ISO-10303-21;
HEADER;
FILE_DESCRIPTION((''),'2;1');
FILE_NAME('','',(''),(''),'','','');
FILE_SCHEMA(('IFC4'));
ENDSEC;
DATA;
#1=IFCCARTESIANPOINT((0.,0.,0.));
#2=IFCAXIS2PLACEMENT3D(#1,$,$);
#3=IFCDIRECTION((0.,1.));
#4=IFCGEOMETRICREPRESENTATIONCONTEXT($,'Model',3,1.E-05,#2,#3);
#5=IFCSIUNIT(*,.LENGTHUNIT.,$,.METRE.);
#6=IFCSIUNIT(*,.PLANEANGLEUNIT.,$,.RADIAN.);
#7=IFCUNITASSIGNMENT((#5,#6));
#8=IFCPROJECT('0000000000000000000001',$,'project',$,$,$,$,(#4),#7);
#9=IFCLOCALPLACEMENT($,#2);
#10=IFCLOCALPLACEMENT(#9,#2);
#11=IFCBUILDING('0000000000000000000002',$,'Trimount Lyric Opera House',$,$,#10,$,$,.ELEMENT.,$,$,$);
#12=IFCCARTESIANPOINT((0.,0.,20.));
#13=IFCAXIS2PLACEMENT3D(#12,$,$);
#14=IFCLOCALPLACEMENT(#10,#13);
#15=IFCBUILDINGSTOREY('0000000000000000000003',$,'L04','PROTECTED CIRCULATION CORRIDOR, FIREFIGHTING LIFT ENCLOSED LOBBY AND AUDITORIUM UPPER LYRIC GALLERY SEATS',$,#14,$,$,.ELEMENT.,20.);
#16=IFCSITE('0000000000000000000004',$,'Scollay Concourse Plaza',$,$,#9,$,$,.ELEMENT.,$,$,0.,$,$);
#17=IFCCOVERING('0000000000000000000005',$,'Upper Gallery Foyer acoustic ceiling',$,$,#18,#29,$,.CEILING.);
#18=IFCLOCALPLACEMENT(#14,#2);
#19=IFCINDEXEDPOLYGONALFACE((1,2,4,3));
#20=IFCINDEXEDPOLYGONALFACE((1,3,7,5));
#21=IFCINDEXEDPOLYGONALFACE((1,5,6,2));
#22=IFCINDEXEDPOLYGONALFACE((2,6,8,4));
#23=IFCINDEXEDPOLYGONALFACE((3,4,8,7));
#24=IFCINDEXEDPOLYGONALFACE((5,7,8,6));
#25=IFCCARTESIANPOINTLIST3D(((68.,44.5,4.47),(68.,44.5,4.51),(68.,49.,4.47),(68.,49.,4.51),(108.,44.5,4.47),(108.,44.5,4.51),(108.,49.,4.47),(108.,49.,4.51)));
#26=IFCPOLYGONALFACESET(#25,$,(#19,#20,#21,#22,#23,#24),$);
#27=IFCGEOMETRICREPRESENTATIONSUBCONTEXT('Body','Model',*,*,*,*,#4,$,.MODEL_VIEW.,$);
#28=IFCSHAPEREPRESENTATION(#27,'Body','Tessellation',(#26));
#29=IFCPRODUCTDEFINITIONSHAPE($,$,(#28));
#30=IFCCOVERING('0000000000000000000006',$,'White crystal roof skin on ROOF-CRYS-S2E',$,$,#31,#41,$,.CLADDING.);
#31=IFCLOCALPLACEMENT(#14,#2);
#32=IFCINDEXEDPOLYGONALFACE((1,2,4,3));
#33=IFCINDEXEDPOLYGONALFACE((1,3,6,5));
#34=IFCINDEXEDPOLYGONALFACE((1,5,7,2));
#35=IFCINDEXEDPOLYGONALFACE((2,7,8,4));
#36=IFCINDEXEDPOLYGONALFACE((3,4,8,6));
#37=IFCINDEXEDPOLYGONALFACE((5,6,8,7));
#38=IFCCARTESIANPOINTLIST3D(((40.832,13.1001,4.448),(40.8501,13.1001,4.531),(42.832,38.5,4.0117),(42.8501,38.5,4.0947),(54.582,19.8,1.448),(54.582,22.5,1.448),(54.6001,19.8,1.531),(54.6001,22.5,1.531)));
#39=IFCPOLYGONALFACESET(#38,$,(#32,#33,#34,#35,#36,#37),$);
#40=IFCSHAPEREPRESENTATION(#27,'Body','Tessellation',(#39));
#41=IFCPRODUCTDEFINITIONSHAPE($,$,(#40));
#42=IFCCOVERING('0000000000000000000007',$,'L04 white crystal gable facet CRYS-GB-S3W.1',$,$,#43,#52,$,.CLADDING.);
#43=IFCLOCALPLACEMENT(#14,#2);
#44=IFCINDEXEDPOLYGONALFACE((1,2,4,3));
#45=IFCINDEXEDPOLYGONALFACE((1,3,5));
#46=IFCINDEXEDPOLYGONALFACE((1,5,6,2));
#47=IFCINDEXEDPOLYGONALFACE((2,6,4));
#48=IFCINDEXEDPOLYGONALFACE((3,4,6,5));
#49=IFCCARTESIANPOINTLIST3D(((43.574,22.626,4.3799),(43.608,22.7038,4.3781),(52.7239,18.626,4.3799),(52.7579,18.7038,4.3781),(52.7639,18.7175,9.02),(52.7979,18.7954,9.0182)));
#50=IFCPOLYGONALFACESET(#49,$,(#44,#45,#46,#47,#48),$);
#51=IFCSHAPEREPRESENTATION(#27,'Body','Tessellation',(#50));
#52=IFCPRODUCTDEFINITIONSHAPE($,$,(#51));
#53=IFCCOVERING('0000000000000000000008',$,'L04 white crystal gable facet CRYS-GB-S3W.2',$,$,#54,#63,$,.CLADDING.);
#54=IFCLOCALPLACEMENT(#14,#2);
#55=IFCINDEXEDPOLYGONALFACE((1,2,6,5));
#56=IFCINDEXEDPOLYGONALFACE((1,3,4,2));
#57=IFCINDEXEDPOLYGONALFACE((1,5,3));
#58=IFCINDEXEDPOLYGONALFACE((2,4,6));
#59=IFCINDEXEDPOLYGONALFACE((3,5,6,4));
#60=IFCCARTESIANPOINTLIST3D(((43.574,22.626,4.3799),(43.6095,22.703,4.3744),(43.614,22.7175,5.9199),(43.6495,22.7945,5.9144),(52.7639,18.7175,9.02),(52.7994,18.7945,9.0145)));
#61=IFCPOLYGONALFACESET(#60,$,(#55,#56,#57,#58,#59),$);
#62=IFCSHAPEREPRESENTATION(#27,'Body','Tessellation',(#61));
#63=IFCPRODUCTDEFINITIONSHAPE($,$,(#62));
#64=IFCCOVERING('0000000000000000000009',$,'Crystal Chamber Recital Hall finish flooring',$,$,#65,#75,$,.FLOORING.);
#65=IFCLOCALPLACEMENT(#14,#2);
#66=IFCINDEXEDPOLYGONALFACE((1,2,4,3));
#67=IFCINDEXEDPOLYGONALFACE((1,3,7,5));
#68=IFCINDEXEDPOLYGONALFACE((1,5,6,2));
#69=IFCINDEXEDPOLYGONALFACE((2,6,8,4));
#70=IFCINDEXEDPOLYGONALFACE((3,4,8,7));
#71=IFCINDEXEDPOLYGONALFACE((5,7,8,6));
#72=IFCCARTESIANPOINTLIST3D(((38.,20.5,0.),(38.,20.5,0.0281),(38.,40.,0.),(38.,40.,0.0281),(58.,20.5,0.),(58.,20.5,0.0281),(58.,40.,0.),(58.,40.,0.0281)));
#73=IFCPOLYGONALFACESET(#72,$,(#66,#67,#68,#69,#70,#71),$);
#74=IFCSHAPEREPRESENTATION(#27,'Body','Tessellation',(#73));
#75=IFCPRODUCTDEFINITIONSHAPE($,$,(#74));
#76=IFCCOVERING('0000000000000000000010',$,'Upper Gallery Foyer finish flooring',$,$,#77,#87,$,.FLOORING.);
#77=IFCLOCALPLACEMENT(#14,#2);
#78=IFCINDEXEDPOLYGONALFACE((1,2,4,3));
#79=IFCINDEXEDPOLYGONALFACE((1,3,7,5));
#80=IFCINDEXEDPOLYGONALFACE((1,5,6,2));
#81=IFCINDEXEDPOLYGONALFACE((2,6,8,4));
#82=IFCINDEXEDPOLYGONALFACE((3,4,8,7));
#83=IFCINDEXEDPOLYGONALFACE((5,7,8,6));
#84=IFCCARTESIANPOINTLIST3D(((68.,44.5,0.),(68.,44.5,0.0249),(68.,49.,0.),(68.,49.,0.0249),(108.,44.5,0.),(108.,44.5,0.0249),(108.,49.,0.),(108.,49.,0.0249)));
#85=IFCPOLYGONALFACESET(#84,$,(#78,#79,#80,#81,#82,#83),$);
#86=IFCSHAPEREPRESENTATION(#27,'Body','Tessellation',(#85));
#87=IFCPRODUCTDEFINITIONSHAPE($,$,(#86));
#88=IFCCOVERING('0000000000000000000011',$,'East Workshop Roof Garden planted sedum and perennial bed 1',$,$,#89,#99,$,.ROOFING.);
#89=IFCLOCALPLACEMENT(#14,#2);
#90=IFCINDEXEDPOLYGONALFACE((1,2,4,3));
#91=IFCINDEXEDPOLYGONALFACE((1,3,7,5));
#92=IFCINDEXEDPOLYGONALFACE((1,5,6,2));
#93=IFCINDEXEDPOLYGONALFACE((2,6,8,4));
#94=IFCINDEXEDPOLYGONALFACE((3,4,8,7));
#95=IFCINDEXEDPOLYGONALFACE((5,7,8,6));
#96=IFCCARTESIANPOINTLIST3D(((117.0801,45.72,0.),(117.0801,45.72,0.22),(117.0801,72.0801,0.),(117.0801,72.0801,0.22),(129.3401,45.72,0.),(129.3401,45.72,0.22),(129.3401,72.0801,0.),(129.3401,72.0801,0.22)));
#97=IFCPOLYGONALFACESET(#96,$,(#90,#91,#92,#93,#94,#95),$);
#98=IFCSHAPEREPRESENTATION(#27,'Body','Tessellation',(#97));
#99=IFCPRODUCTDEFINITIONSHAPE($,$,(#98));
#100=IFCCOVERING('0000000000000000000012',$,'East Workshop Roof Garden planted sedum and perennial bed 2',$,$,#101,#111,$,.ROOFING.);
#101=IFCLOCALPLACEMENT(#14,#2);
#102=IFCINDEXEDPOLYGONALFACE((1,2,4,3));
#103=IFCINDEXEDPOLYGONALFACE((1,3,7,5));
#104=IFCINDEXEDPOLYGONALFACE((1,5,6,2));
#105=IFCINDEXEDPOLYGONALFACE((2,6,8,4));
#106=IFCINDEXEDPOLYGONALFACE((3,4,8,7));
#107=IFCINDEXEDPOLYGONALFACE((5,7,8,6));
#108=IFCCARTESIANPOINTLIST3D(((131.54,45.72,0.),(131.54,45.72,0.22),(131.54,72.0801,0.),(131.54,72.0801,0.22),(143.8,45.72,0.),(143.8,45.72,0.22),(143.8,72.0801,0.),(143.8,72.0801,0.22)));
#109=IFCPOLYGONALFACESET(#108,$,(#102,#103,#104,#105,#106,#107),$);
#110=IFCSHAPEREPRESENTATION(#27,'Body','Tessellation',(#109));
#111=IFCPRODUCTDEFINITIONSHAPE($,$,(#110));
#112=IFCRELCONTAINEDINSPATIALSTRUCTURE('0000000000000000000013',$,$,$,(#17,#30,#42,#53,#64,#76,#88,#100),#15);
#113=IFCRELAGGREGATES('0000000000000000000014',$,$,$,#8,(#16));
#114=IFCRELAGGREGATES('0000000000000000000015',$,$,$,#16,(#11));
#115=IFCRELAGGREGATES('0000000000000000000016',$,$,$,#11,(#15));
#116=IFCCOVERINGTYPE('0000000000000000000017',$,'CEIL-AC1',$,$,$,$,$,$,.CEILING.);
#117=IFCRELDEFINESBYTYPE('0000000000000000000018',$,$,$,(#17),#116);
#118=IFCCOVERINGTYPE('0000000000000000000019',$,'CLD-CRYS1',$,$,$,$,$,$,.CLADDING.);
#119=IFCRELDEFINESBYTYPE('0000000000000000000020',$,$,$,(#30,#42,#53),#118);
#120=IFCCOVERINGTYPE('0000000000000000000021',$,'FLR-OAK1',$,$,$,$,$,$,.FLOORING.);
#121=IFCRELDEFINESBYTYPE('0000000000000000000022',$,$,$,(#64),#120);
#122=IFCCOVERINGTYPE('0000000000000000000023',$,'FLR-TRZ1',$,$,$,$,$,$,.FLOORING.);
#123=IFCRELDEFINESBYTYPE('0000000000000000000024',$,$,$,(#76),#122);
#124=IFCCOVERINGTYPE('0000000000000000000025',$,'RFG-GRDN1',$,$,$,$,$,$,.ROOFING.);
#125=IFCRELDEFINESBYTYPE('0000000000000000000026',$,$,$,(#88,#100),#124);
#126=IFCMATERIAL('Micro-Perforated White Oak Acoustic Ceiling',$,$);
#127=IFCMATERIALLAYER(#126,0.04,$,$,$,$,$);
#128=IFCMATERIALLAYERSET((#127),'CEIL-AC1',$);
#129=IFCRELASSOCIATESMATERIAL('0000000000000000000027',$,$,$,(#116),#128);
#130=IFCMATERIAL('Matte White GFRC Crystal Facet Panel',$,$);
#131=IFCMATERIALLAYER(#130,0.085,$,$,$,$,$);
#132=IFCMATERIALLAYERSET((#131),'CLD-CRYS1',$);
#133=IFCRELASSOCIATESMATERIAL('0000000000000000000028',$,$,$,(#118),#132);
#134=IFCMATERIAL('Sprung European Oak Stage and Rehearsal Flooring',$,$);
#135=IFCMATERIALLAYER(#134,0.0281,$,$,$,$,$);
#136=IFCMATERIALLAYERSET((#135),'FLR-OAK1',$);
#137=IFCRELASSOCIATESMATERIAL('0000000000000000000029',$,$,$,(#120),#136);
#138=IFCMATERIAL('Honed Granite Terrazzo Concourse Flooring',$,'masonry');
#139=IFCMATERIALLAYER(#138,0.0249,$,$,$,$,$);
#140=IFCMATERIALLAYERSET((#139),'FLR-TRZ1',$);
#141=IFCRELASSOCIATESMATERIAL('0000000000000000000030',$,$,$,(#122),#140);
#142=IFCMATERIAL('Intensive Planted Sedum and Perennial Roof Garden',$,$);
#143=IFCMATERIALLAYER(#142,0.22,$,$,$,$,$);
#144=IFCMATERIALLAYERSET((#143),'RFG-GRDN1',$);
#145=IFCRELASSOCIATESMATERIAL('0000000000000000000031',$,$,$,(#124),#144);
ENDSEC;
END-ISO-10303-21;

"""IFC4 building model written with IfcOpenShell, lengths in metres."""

from ifc_helpers import new_model, si_unit, direction, frame, origin, place, context, subcontext, project, spatial, polyline, outline, extrude, material, layer, layer_set, type_object, element, save


model = new_model("IFC4")

# Units and contexts
model_context = context("Model", 3, precision=1e-05, world=origin(), true_north=direction((0.0, 1.0)))
body_context = subcontext(model_context, "Body", "Model", "MODEL_VIEW")
ifc_project = project(units=[si_unit("LENGTHUNIT", "METRE"), si_unit("PLANEANGLEUNIT", "RADIAN")], contexts=[model_context])

# Site, building, storey
site_placement = place(None, origin())
site = spatial("IfcSite", under=ifc_project, at=site_placement, Name="Scollay Concourse Plaza", CompositionType="ELEMENT", RefElevation=0.0)
building_placement = place(site_placement, origin())
building = spatial("IfcBuilding", under=site, at=building_placement, Name="Trimount Lyric Opera House", CompositionType="ELEMENT")
storey_placement = place(building_placement, frame((0.0, 0.0, 20.0)))
storey = spatial("IfcBuildingStorey", under=building, at=storey_placement, Name="L04", Description="PROTECTED CIRCULATION CORRIDOR, FIREFIGHTING LIFT ENCLOSED LOBBY AND AUDITORIUM UPPER LYRIC GALLERY SEATS", CompositionType="ELEMENT", Elevation=20.0)

# Coverings
ifc_material_1 = material(Name="Micro-Perforated White Oak Acoustic Ceiling")
ifc_layer_1 = layer(ifc_material_1, 0.04)
ifc_layer_set_1 = layer_set([ifc_layer_1], Name="CEIL-AC1")
covering_type_1 = type_object("IfcCoveringType", Name="CEIL-AC1", PredefinedType="CEILING", material=ifc_layer_set_1)
covering_1_placement = place(storey_placement, frame((0.0, 0.0, 4.47)))
element("IfcCovering", 1, at=covering_1_placement, inside=storey, type_object=covering_type_1, Name="Upper Gallery Foyer acoustic ceiling", PredefinedType="CEILING", context=body_context, shape_type="SweptSolid", body=[
    extrude(outline(polyline([(68.0, 44.5), (108.0, 44.5), (108.0, 49.0), (68.0, 49.0), (68.0, 44.5)])), origin(), (0.0, 0.0, 1.0), 0.04),
])
ifc_material_2 = material(Name="Matte White GFRC Crystal Facet Panel")
ifc_layer_2 = layer(ifc_material_2, 0.085)
ifc_layer_set_2 = layer_set([ifc_layer_2], Name="CLD-CRYS1")
covering_type_2 = type_object("IfcCoveringType", Name="CLD-CRYS1", PredefinedType="CLADDING", material=ifc_layer_set_2)
covering_2_placement = place(storey_placement, frame((40.8501, 13.1001, 4.531), z_axis=(0.213169, -0.000003, 0.977015), x_axis=(0.88215, 0.429845, -0.19247)))
element("IfcCovering", 2, at=covering_2_placement, inside=storey, type_object=covering_type_2, Name="White crystal roof skin on ROOF-CRYS-S2E", PredefinedType="CLADDING", context=body_context, shape_type="SweptSolid", body=[
    extrude(outline(polyline([(0.0, 0.0), (15.5869, 0.0), (16.7475, 2.4378), (12.7663, 22.0537), (0.0, 0.0)])), origin(), (0.0, 0.0, -1.0), 0.085),
])
covering_3_placement = place(storey_placement, frame((43.574, 22.626, 4.3799), z_axis=(-0.400467, -0.916058, 0.02153), x_axis=(0.916271, -0.40056, 0.0)))
element("IfcCovering", 3, at=covering_3_placement, inside=storey, type_object=covering_type_2, Name="L04 white crystal gable facet CRYS-GB-S3W.1", PredefinedType="CLADDING", context=body_context, shape_type="SweptSolid", body=[
    extrude(outline(polyline([(0.0, 0.0), (9.986, 0.0), (9.986, 4.6412), (0.0, 0.0)])), origin(), (0.0, 0.0, -1.0), 0.085),
])
covering_4_placement = place(storey_placement, frame((43.574, 22.626, 4.3799), z_axis=(-0.418053, -0.906113, 0.064736), x_axis=(0.834547, -0.35493, 0.421375)))
element("IfcCovering", 4, at=covering_4_placement, inside=storey, type_object=covering_type_2, Name="L04 white crystal gable facet CRYS-GB-S3W.2", PredefinedType="CLADDING", context=body_context, shape_type="SweptSolid", body=[
    extrude(outline(polyline([(0.0, 0.0), (11.0119, 0.0), (0.6499, 1.3998), (0.0, 0.0)])), origin(), (0.0, 0.0, -1.0), 0.085),
])
ifc_material_3 = material(Name="Sprung European Oak Stage and Rehearsal Flooring")
ifc_layer_3 = layer(ifc_material_3, 0.0281)
ifc_layer_set_3 = layer_set([ifc_layer_3], Name="FLR-OAK1")
covering_type_3 = type_object("IfcCoveringType", Name="FLR-OAK1", PredefinedType="FLOORING", material=ifc_layer_set_3)
covering_5_placement = place(storey_placement, origin())
element("IfcCovering", 5, at=covering_5_placement, inside=storey, type_object=covering_type_3, Name="Crystal Chamber Recital Hall finish flooring", PredefinedType="FLOORING", context=body_context, shape_type="SweptSolid", body=[
    extrude(outline(polyline([(38.0, 20.5), (58.0, 20.5), (58.0, 40.0), (38.0, 40.0), (38.0, 20.5)])), origin(), (0.0, 0.0, 1.0), 0.0281),
])
ifc_material_4 = material(Name="Honed Granite Terrazzo Concourse Flooring", Category="masonry")
ifc_layer_4 = layer(ifc_material_4, 0.0249)
ifc_layer_set_4 = layer_set([ifc_layer_4], Name="FLR-TRZ1")
covering_type_4 = type_object("IfcCoveringType", Name="FLR-TRZ1", PredefinedType="FLOORING", material=ifc_layer_set_4)
covering_6_placement = place(storey_placement, origin())
element("IfcCovering", 6, at=covering_6_placement, inside=storey, type_object=covering_type_4, Name="Upper Gallery Foyer finish flooring", PredefinedType="FLOORING", context=body_context, shape_type="SweptSolid", body=[
    extrude(outline(polyline([(68.0, 44.5), (108.0, 44.5), (108.0, 49.0), (68.0, 49.0), (68.0, 44.5)])), origin(), (0.0, 0.0, 1.0), 0.0249),
])
ifc_material_5 = material(Name="Intensive Planted Sedum and Perennial Roof Garden")
ifc_layer_5 = layer(ifc_material_5, 0.22)
ifc_layer_set_5 = layer_set([ifc_layer_5], Name="RFG-GRDN1")
covering_type_5 = type_object("IfcCoveringType", Name="RFG-GRDN1", PredefinedType="ROOFING", material=ifc_layer_set_5)
covering_7_placement = place(storey_placement, origin())
element("IfcCovering", 7, at=covering_7_placement, inside=storey, type_object=covering_type_5, Name="East Workshop Roof Garden planted sedum and perennial bed 1", PredefinedType="ROOFING", context=body_context, shape_type="SweptSolid", body=[
    extrude(outline(polyline([(117.0801, 45.72), (129.3401, 45.72), (129.3401, 72.0801), (117.0801, 72.0801), (117.0801, 45.72)])), origin(), (0.0, 0.0, 1.0), 0.22),
])
covering_8_placement = place(storey_placement, origin())
element("IfcCovering", 8, at=covering_8_placement, inside=storey, type_object=covering_type_5, Name="East Workshop Roof Garden planted sedum and perennial bed 2", PredefinedType="ROOFING", context=body_context, shape_type="SweptSolid", body=[
    extrude(outline(polyline([(131.54, 45.72), (143.8, 45.72), (143.8, 72.0801), (131.54, 72.0801), (131.54, 45.72)])), origin(), (0.0, 0.0, 1.0), 0.22),
])

save(model, "model.ifc")
